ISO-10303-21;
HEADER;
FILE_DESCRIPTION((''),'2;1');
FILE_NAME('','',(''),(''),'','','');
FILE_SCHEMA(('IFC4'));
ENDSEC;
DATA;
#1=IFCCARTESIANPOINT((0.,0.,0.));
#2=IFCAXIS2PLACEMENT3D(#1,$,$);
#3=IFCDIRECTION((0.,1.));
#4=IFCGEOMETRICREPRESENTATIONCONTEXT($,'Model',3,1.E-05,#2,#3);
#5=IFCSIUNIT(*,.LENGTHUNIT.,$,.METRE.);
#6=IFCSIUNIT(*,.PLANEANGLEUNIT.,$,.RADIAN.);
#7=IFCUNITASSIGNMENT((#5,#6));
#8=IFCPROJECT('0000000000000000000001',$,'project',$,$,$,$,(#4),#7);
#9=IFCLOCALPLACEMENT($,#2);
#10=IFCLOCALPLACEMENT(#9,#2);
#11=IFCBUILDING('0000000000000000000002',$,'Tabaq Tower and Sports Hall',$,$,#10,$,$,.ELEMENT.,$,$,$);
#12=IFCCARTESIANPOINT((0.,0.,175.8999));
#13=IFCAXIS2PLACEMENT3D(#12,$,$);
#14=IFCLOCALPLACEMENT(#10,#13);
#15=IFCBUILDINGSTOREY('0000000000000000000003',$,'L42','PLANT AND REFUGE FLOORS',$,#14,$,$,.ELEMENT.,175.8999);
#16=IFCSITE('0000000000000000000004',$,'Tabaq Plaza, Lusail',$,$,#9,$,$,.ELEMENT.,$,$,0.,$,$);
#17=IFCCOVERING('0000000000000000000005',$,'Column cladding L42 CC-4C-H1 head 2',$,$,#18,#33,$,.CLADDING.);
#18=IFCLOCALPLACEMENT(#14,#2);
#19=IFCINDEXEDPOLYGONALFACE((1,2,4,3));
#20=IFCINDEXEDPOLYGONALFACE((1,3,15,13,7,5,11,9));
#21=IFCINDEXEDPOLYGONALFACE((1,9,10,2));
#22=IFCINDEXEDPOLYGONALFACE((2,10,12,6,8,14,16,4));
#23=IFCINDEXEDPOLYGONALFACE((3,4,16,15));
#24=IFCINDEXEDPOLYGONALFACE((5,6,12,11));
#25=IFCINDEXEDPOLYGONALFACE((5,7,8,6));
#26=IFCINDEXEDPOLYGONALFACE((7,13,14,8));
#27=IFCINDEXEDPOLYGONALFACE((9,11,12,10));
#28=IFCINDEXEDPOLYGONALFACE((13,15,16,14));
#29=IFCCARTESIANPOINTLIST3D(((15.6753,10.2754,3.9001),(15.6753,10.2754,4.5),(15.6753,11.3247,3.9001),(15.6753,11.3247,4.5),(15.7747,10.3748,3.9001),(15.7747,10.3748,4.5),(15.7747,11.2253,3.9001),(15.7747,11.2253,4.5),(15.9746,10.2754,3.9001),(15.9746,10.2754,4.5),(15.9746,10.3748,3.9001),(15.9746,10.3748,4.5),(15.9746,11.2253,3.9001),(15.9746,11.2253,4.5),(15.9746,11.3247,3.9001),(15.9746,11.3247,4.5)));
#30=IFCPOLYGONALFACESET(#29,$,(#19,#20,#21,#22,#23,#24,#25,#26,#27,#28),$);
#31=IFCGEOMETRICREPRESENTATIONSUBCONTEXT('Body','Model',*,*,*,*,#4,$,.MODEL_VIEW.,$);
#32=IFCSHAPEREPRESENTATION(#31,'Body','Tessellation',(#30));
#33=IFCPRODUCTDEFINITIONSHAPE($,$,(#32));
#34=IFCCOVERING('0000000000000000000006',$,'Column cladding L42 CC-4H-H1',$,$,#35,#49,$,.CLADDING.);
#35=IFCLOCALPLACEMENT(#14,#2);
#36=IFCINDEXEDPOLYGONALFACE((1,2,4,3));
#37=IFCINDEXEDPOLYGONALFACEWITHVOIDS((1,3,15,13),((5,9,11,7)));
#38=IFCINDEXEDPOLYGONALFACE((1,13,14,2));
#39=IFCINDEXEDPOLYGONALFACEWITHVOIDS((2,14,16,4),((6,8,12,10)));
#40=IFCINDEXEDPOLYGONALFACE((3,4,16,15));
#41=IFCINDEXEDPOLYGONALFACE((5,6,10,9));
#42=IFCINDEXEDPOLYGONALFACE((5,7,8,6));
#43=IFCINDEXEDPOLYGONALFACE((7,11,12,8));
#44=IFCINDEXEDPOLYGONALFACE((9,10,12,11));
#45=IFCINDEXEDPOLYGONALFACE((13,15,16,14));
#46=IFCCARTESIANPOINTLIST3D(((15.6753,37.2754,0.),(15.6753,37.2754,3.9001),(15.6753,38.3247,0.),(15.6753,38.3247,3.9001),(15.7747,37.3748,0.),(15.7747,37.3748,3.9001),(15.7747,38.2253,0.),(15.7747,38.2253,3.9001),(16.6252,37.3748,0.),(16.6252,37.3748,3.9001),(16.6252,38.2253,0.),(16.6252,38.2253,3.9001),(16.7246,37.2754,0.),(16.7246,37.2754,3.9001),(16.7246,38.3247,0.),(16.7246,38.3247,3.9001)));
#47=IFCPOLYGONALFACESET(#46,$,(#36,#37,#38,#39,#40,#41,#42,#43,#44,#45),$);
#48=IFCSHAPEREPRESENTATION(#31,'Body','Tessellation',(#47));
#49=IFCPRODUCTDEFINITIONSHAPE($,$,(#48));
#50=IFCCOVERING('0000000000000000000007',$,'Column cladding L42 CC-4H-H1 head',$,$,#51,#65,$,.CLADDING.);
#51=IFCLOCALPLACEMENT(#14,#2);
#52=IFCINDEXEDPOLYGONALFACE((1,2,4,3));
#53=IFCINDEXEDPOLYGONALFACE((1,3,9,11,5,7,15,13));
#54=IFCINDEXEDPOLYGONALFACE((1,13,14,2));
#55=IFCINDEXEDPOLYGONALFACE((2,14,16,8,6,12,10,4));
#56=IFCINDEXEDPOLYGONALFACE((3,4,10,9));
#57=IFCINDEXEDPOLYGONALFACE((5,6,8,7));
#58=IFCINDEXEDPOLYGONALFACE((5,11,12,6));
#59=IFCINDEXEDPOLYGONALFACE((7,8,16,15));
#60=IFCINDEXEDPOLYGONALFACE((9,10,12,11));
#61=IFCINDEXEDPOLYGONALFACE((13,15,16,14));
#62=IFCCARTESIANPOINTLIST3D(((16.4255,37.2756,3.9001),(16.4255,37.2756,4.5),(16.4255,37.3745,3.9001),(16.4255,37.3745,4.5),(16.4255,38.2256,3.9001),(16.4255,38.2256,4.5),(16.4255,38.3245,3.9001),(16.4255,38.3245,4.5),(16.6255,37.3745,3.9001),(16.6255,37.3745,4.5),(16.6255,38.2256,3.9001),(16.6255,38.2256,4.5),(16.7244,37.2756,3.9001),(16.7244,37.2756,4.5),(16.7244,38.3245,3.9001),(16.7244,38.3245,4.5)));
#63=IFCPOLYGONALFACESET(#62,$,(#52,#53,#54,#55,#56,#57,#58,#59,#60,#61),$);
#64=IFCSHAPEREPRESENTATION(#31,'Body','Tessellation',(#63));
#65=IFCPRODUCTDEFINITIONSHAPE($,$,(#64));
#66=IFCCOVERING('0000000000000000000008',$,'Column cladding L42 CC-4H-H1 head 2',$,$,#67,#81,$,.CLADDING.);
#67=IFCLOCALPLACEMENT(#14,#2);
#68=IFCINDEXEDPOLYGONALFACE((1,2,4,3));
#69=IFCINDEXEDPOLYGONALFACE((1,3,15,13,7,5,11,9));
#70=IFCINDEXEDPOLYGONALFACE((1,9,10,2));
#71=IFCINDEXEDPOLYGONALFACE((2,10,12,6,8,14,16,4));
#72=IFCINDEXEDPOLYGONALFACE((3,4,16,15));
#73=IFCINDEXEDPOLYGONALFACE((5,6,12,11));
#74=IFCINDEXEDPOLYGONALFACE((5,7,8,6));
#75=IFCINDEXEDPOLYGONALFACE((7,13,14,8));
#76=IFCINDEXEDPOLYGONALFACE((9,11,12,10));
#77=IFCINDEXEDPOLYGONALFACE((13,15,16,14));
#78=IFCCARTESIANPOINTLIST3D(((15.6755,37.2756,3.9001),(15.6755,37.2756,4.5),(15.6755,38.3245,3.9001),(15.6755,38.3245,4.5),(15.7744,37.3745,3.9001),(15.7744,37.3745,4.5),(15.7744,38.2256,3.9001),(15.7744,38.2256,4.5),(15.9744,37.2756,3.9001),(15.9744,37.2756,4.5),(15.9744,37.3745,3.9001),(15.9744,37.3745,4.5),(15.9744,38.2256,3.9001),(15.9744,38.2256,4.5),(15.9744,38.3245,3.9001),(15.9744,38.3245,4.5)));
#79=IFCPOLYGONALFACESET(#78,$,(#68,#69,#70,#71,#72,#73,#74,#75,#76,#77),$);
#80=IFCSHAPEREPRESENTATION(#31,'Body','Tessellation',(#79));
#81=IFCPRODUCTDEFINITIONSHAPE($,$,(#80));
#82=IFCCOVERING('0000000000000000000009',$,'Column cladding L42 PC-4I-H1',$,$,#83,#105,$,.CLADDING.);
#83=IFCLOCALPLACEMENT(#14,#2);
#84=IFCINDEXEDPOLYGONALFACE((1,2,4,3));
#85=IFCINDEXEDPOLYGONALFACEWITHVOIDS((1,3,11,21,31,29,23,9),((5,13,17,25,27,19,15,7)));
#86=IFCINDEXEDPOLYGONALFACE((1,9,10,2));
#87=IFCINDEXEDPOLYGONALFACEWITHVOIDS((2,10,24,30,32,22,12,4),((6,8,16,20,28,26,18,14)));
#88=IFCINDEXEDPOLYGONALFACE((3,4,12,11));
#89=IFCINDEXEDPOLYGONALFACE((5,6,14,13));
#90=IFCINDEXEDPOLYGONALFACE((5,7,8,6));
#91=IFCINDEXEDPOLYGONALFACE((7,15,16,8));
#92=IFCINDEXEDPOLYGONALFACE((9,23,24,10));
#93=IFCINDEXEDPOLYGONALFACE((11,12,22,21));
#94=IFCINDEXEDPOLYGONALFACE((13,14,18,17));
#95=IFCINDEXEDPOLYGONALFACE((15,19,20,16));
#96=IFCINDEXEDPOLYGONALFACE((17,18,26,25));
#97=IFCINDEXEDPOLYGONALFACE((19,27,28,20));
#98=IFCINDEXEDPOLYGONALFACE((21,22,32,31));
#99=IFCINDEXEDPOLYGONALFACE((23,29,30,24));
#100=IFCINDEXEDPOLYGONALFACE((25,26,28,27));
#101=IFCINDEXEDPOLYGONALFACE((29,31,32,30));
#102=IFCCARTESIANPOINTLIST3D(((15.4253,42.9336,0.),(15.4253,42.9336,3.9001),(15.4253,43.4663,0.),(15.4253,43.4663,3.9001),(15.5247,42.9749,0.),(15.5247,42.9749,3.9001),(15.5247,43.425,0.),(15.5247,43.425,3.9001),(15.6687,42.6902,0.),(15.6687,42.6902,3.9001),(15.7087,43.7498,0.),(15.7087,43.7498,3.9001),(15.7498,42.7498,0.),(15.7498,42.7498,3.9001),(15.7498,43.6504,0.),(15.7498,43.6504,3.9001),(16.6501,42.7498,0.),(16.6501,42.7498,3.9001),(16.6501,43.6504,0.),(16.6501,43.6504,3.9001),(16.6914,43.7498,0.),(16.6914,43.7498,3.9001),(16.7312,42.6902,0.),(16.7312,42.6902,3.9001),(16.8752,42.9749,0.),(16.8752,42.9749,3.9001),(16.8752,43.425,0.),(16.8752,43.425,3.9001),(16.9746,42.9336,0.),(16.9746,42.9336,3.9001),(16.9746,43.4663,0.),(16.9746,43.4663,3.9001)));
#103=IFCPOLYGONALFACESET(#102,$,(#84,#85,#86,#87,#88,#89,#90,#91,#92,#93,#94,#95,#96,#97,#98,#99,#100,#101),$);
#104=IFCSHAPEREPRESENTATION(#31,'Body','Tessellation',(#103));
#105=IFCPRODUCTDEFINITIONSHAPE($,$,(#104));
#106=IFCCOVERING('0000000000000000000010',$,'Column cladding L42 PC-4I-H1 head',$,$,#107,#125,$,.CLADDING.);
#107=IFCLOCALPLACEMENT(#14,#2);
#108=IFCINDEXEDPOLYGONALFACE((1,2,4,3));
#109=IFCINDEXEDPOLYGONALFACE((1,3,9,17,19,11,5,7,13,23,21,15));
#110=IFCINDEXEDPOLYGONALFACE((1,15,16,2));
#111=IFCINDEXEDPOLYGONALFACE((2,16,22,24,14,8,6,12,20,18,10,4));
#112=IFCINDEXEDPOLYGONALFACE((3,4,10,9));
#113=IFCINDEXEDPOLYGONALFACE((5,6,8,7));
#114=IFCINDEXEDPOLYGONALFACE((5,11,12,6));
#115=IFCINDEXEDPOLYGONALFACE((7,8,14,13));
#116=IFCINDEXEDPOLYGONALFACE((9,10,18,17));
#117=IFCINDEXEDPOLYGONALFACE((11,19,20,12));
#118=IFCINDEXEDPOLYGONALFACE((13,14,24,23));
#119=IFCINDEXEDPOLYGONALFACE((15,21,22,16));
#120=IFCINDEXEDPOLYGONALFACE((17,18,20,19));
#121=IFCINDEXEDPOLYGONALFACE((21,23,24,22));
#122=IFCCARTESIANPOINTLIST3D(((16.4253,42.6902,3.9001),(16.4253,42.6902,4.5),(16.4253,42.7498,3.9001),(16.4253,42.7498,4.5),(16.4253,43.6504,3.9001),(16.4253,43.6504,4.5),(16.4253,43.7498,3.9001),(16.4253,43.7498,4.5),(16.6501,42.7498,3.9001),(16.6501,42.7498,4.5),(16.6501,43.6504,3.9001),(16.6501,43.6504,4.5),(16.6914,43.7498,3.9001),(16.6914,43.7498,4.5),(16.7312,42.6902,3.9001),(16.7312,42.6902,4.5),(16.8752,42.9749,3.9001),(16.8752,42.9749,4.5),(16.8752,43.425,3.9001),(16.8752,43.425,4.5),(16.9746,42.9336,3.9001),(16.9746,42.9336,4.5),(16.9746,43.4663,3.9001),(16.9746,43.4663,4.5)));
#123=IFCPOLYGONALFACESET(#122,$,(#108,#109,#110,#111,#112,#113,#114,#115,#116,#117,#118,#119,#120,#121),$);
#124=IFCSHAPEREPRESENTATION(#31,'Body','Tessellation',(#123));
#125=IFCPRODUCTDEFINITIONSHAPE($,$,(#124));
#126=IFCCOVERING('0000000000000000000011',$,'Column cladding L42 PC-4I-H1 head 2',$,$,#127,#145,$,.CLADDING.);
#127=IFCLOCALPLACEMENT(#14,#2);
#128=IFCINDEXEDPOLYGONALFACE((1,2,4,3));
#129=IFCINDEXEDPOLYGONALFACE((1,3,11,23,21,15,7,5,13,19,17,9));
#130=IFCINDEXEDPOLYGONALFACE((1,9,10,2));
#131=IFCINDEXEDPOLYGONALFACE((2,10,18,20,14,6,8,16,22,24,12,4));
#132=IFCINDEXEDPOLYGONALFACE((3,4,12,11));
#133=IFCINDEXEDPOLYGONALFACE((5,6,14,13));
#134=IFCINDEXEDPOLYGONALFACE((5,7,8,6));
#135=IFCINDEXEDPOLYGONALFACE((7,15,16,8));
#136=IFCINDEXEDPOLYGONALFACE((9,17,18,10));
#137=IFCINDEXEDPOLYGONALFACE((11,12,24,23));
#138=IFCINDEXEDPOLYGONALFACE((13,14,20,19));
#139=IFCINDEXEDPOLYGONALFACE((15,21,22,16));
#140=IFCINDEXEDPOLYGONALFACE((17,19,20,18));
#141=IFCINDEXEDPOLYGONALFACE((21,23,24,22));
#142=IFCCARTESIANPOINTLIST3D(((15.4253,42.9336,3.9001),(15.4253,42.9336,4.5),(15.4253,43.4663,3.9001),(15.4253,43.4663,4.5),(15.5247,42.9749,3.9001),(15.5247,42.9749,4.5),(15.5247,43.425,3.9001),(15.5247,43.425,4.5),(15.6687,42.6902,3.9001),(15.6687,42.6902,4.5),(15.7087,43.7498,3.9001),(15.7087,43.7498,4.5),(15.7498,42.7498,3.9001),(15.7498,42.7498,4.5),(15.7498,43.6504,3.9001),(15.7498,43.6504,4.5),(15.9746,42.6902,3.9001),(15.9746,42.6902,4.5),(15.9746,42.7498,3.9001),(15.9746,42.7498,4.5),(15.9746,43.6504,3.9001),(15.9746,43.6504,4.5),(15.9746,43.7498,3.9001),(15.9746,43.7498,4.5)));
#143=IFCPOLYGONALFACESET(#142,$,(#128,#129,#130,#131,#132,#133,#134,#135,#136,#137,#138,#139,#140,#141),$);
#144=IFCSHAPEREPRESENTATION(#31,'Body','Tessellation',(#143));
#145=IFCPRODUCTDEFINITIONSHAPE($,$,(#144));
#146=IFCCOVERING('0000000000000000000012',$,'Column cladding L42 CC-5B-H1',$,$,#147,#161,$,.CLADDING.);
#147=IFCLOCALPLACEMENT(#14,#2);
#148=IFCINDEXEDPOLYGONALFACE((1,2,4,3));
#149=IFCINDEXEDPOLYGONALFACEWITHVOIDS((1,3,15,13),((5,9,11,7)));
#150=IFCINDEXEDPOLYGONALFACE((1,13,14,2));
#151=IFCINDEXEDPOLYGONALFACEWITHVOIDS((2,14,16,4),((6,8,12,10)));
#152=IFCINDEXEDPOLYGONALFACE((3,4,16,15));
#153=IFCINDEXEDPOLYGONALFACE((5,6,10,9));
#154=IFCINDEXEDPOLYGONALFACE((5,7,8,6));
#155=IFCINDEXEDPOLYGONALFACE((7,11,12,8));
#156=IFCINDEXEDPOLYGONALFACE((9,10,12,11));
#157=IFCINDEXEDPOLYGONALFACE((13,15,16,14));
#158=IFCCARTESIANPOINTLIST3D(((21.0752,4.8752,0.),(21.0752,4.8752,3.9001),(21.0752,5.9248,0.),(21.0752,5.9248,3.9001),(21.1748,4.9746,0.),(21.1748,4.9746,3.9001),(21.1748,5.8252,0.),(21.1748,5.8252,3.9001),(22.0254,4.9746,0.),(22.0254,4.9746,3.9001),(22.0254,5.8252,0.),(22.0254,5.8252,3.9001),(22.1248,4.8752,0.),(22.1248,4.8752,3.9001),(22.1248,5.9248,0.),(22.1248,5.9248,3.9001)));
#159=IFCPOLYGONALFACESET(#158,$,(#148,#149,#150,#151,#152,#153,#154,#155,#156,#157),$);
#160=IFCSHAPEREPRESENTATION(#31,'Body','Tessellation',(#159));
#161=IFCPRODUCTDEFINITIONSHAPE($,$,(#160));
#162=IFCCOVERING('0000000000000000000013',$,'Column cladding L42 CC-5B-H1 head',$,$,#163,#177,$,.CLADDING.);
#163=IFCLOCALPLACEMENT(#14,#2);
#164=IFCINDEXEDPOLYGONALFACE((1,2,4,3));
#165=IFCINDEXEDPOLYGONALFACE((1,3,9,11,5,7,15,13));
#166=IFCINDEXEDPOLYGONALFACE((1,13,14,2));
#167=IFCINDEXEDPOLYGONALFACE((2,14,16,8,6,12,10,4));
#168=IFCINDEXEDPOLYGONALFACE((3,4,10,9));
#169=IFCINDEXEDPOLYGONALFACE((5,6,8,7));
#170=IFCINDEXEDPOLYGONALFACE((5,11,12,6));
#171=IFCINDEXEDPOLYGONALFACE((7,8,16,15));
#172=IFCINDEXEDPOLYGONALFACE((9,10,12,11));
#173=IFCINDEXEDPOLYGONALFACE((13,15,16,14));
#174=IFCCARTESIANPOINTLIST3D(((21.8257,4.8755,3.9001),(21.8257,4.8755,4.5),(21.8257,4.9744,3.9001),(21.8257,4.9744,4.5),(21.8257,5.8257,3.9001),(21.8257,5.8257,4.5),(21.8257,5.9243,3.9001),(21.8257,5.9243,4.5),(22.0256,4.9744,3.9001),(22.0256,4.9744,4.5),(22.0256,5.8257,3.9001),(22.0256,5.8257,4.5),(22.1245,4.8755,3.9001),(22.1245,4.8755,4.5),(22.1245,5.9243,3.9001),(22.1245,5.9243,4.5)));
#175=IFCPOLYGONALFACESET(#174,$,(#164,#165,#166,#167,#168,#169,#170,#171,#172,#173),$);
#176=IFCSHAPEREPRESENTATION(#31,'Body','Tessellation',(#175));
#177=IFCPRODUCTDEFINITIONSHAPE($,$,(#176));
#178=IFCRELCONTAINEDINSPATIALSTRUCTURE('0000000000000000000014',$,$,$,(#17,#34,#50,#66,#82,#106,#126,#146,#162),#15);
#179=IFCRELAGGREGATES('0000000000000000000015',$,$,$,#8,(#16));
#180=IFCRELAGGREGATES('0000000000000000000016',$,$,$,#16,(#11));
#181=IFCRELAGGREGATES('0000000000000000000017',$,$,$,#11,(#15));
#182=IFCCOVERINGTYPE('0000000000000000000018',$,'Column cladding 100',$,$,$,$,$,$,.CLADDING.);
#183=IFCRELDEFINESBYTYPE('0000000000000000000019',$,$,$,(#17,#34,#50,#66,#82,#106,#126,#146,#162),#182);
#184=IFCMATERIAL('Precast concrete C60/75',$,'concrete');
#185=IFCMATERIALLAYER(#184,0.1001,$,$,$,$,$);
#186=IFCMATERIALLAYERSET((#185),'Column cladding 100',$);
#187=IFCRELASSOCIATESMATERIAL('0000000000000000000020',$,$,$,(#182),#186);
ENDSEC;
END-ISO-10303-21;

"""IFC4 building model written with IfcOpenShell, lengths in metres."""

from ifc_helpers import new_model, si_unit, direction, frame, origin, place, context, subcontext, project, spatial, polyline, outline, extrude, material, layer, layer_set, type_object, element, save


model = new_model("IFC4")

# Units and contexts
model_context = context("Model", 3, precision=1e-05, world=origin(), true_north=direction((0.0, 1.0)))
body_context = subcontext(model_context, "Body", "Model", "MODEL_VIEW")
ifc_project = project(units=[si_unit("LENGTHUNIT", "METRE"), si_unit("PLANEANGLEUNIT", "RADIAN")], contexts=[model_context])

# Site, building, storey
site_placement = place(None, origin())
site = spatial("IfcSite", under=ifc_project, at=site_placement, Name="Tabaq Plaza, Lusail", CompositionType="ELEMENT", RefElevation=0.0)
building_placement = place(site_placement, origin())
building = spatial("IfcBuilding", under=site, at=building_placement, Name="Tabaq Tower and Sports Hall", CompositionType="ELEMENT")
storey_placement = place(building_placement, frame((0.0, 0.0, 175.8999)))
storey = spatial("IfcBuildingStorey", under=building, at=storey_placement, Name="L42", Description="PLANT AND REFUGE FLOORS", CompositionType="ELEMENT", Elevation=175.8999)

# Coverings
ifc_material_1 = material(Name="Precast concrete C60/75", Category="concrete")
ifc_layer_1 = layer(ifc_material_1, 0.1001)
ifc_layer_set_1 = layer_set([ifc_layer_1], Name="Column cladding 100")
covering_type = type_object("IfcCoveringType", Name="Column cladding 100", PredefinedType="CLADDING", material=ifc_layer_set_1)
covering_1_placement = place(storey_placement, frame((0.0, 0.0, 3.9001)))
element("IfcCovering", 1, at=covering_1_placement, inside=storey, type_object=covering_type, Name="Column cladding L42 CC-4C-H1 head 2", PredefinedType="CLADDING", context=body_context, shape_type="SweptSolid", body=[
    extrude(outline(polyline([(15.9746, 11.3247), (15.9746, 11.2253), (15.7747, 11.2253), (15.7747, 10.3748), (15.9746, 10.3748), (15.9746, 10.2754), (15.6753, 10.2754), (15.6753, 11.3247), (15.9746, 11.3247)])), origin(), (0.0, 0.0, 1.0), 0.5999),
])
covering_2_placement = place(storey_placement, origin())
element("IfcCovering", 2, at=covering_2_placement, inside=storey, type_object=covering_type, Name="Column cladding L42 CC-4H-H1", PredefinedType="CLADDING", context=body_context, shape_type="SweptSolid", body=[
    extrude(outline(polyline([(15.6753, 38.3247), (16.7246, 38.3247), (16.7246, 37.2754), (15.6753, 37.2754), (15.6753, 38.3247)]), holes=[polyline([(16.6252, 37.3748), (16.6252, 38.2253), (15.7747, 38.2253), (15.7747, 37.3748), (16.6252, 37.3748)])]), origin(), (0.0, 0.0, 1.0), 3.9001),
])
covering_3_placement = place(storey_placement, frame((0.0, 0.0, 3.9001)))
element("IfcCovering", 3, at=covering_3_placement, inside=storey, type_object=covering_type, Name="Column cladding L42 CC-4H-H1 head", PredefinedType="CLADDING", context=body_context, shape_type="SweptSolid", body=[
    extrude(outline(polyline([(16.4255, 38.2256), (16.4255, 38.3245), (16.7244, 38.3245), (16.7244, 37.2756), (16.4255, 37.2756), (16.4255, 37.3745), (16.6255, 37.3745), (16.6255, 38.2256), (16.4255, 38.2256)])), origin(), (0.0, 0.0, 1.0), 0.5999),
])
covering_4_placement = place(storey_placement, frame((0.0, 0.0, 3.9001)))
element("IfcCovering", 4, at=covering_4_placement, inside=storey, type_object=covering_type, Name="Column cladding L42 CC-4H-H1 head 2", PredefinedType="CLADDING", context=body_context, shape_type="SweptSolid", body=[
    extrude(outline(polyline([(15.9744, 38.2256), (15.7744, 38.2256), (15.7744, 37.3745), (15.9744, 37.3745), (15.9744, 37.2756), (15.6755, 37.2756), (15.6755, 38.3245), (15.9744, 38.3245), (15.9744, 38.2256)])), origin(), (0.0, 0.0, 1.0), 0.5999),
])
covering_5_placement = place(storey_placement, origin())
element("IfcCovering", 5, at=covering_5_placement, inside=storey, type_object=covering_type, Name="Column cladding L42 PC-4I-H1", PredefinedType="CLADDING", context=body_context, shape_type="SweptSolid", body=[
    extrude(outline(polyline([(15.4253, 43.4663), (15.7087, 43.7498), (16.6914, 43.7498), (16.9746, 43.4663), (16.9746, 42.9336), (16.7312, 42.6902), (15.6687, 42.6902), (15.4253, 42.9336), (15.4253, 43.4663)]), holes=[polyline([(16.8752, 42.9749), (16.8752, 43.425), (16.6501, 43.6504), (15.7498, 43.6504), (15.5247, 43.425), (15.5247, 42.9749), (15.7498, 42.7498), (16.6501, 42.7498), (16.8752, 42.9749)])]), origin(), (0.0, 0.0, 1.0), 3.9001),
])
covering_6_placement = place(storey_placement, frame((0.0, 0.0, 3.9001)))
element("IfcCovering", 6, at=covering_6_placement, inside=storey, type_object=covering_type, Name="Column cladding L42 PC-4I-H1 head", PredefinedType="CLADDING", context=body_context, shape_type="SweptSolid", body=[
    extrude(outline(polyline([(16.6914, 43.7498), (16.9746, 43.4663), (16.9746, 42.9336), (16.7312, 42.6902), (16.4253, 42.6902), (16.4253, 42.7498), (16.6501, 42.7498), (16.8752, 42.9749), (16.8752, 43.425), (16.6501, 43.6504), (16.4253, 43.6504), (16.4253, 43.7498), (16.6914, 43.7498)])), origin(), (0.0, 0.0, 1.0), 0.5999),
])
covering_7_placement = place(storey_placement, frame((0.0, 0.0, 3.9001)))
element("IfcCovering", 7, at=covering_7_placement, inside=storey, type_object=covering_type, Name="Column cladding L42 PC-4I-H1 head 2", PredefinedType="CLADDING", context=body_context, shape_type="SweptSolid", body=[
    extrude(outline(polyline([(15.7087, 43.7498), (15.9746, 43.7498), (15.9746, 43.6504), (15.7498, 43.6504), (15.5247, 43.425), (15.5247, 42.9749), (15.7498, 42.7498), (15.9746, 42.7498), (15.9746, 42.6902), (15.6687, 42.6902), (15.4253, 42.9336), (15.4253, 43.4663), (15.7087, 43.7498)])), origin(), (0.0, 0.0, 1.0), 0.5999),
])
covering_8_placement = place(storey_placement, origin())
element("IfcCovering", 8, at=covering_8_placement, inside=storey, type_object=covering_type, Name="Column cladding L42 CC-5B-H1", PredefinedType="CLADDING", context=body_context, shape_type="SweptSolid", body=[
    extrude(outline(polyline([(21.0752, 5.9248), (22.1248, 5.9248), (22.1248, 4.8752), (21.0752, 4.8752), (21.0752, 5.9248)]), holes=[polyline([(22.0254, 4.9746), (22.0254, 5.8252), (21.1748, 5.8252), (21.1748, 4.9746), (22.0254, 4.9746)])]), origin(), (0.0, 0.0, 1.0), 3.9001),
])
covering_9_placement = place(storey_placement, frame((0.0, 0.0, 3.9001)))
element("IfcCovering", 9, at=covering_9_placement, inside=storey, type_object=covering_type, Name="Column cladding L42 CC-5B-H1 head", PredefinedType="CLADDING", context=body_context, shape_type="SweptSolid", body=[
    extrude(outline(polyline([(21.8257, 4.9744), (22.0256, 4.9744), (22.0256, 5.8257), (21.8257, 5.8257), (21.8257, 5.9243), (22.1245, 5.9243), (22.1245, 4.8755), (21.8257, 4.8755), (21.8257, 4.9744)])), origin(), (0.0, 0.0, 1.0), 0.5999),
])

save(model, "model.ifc")
